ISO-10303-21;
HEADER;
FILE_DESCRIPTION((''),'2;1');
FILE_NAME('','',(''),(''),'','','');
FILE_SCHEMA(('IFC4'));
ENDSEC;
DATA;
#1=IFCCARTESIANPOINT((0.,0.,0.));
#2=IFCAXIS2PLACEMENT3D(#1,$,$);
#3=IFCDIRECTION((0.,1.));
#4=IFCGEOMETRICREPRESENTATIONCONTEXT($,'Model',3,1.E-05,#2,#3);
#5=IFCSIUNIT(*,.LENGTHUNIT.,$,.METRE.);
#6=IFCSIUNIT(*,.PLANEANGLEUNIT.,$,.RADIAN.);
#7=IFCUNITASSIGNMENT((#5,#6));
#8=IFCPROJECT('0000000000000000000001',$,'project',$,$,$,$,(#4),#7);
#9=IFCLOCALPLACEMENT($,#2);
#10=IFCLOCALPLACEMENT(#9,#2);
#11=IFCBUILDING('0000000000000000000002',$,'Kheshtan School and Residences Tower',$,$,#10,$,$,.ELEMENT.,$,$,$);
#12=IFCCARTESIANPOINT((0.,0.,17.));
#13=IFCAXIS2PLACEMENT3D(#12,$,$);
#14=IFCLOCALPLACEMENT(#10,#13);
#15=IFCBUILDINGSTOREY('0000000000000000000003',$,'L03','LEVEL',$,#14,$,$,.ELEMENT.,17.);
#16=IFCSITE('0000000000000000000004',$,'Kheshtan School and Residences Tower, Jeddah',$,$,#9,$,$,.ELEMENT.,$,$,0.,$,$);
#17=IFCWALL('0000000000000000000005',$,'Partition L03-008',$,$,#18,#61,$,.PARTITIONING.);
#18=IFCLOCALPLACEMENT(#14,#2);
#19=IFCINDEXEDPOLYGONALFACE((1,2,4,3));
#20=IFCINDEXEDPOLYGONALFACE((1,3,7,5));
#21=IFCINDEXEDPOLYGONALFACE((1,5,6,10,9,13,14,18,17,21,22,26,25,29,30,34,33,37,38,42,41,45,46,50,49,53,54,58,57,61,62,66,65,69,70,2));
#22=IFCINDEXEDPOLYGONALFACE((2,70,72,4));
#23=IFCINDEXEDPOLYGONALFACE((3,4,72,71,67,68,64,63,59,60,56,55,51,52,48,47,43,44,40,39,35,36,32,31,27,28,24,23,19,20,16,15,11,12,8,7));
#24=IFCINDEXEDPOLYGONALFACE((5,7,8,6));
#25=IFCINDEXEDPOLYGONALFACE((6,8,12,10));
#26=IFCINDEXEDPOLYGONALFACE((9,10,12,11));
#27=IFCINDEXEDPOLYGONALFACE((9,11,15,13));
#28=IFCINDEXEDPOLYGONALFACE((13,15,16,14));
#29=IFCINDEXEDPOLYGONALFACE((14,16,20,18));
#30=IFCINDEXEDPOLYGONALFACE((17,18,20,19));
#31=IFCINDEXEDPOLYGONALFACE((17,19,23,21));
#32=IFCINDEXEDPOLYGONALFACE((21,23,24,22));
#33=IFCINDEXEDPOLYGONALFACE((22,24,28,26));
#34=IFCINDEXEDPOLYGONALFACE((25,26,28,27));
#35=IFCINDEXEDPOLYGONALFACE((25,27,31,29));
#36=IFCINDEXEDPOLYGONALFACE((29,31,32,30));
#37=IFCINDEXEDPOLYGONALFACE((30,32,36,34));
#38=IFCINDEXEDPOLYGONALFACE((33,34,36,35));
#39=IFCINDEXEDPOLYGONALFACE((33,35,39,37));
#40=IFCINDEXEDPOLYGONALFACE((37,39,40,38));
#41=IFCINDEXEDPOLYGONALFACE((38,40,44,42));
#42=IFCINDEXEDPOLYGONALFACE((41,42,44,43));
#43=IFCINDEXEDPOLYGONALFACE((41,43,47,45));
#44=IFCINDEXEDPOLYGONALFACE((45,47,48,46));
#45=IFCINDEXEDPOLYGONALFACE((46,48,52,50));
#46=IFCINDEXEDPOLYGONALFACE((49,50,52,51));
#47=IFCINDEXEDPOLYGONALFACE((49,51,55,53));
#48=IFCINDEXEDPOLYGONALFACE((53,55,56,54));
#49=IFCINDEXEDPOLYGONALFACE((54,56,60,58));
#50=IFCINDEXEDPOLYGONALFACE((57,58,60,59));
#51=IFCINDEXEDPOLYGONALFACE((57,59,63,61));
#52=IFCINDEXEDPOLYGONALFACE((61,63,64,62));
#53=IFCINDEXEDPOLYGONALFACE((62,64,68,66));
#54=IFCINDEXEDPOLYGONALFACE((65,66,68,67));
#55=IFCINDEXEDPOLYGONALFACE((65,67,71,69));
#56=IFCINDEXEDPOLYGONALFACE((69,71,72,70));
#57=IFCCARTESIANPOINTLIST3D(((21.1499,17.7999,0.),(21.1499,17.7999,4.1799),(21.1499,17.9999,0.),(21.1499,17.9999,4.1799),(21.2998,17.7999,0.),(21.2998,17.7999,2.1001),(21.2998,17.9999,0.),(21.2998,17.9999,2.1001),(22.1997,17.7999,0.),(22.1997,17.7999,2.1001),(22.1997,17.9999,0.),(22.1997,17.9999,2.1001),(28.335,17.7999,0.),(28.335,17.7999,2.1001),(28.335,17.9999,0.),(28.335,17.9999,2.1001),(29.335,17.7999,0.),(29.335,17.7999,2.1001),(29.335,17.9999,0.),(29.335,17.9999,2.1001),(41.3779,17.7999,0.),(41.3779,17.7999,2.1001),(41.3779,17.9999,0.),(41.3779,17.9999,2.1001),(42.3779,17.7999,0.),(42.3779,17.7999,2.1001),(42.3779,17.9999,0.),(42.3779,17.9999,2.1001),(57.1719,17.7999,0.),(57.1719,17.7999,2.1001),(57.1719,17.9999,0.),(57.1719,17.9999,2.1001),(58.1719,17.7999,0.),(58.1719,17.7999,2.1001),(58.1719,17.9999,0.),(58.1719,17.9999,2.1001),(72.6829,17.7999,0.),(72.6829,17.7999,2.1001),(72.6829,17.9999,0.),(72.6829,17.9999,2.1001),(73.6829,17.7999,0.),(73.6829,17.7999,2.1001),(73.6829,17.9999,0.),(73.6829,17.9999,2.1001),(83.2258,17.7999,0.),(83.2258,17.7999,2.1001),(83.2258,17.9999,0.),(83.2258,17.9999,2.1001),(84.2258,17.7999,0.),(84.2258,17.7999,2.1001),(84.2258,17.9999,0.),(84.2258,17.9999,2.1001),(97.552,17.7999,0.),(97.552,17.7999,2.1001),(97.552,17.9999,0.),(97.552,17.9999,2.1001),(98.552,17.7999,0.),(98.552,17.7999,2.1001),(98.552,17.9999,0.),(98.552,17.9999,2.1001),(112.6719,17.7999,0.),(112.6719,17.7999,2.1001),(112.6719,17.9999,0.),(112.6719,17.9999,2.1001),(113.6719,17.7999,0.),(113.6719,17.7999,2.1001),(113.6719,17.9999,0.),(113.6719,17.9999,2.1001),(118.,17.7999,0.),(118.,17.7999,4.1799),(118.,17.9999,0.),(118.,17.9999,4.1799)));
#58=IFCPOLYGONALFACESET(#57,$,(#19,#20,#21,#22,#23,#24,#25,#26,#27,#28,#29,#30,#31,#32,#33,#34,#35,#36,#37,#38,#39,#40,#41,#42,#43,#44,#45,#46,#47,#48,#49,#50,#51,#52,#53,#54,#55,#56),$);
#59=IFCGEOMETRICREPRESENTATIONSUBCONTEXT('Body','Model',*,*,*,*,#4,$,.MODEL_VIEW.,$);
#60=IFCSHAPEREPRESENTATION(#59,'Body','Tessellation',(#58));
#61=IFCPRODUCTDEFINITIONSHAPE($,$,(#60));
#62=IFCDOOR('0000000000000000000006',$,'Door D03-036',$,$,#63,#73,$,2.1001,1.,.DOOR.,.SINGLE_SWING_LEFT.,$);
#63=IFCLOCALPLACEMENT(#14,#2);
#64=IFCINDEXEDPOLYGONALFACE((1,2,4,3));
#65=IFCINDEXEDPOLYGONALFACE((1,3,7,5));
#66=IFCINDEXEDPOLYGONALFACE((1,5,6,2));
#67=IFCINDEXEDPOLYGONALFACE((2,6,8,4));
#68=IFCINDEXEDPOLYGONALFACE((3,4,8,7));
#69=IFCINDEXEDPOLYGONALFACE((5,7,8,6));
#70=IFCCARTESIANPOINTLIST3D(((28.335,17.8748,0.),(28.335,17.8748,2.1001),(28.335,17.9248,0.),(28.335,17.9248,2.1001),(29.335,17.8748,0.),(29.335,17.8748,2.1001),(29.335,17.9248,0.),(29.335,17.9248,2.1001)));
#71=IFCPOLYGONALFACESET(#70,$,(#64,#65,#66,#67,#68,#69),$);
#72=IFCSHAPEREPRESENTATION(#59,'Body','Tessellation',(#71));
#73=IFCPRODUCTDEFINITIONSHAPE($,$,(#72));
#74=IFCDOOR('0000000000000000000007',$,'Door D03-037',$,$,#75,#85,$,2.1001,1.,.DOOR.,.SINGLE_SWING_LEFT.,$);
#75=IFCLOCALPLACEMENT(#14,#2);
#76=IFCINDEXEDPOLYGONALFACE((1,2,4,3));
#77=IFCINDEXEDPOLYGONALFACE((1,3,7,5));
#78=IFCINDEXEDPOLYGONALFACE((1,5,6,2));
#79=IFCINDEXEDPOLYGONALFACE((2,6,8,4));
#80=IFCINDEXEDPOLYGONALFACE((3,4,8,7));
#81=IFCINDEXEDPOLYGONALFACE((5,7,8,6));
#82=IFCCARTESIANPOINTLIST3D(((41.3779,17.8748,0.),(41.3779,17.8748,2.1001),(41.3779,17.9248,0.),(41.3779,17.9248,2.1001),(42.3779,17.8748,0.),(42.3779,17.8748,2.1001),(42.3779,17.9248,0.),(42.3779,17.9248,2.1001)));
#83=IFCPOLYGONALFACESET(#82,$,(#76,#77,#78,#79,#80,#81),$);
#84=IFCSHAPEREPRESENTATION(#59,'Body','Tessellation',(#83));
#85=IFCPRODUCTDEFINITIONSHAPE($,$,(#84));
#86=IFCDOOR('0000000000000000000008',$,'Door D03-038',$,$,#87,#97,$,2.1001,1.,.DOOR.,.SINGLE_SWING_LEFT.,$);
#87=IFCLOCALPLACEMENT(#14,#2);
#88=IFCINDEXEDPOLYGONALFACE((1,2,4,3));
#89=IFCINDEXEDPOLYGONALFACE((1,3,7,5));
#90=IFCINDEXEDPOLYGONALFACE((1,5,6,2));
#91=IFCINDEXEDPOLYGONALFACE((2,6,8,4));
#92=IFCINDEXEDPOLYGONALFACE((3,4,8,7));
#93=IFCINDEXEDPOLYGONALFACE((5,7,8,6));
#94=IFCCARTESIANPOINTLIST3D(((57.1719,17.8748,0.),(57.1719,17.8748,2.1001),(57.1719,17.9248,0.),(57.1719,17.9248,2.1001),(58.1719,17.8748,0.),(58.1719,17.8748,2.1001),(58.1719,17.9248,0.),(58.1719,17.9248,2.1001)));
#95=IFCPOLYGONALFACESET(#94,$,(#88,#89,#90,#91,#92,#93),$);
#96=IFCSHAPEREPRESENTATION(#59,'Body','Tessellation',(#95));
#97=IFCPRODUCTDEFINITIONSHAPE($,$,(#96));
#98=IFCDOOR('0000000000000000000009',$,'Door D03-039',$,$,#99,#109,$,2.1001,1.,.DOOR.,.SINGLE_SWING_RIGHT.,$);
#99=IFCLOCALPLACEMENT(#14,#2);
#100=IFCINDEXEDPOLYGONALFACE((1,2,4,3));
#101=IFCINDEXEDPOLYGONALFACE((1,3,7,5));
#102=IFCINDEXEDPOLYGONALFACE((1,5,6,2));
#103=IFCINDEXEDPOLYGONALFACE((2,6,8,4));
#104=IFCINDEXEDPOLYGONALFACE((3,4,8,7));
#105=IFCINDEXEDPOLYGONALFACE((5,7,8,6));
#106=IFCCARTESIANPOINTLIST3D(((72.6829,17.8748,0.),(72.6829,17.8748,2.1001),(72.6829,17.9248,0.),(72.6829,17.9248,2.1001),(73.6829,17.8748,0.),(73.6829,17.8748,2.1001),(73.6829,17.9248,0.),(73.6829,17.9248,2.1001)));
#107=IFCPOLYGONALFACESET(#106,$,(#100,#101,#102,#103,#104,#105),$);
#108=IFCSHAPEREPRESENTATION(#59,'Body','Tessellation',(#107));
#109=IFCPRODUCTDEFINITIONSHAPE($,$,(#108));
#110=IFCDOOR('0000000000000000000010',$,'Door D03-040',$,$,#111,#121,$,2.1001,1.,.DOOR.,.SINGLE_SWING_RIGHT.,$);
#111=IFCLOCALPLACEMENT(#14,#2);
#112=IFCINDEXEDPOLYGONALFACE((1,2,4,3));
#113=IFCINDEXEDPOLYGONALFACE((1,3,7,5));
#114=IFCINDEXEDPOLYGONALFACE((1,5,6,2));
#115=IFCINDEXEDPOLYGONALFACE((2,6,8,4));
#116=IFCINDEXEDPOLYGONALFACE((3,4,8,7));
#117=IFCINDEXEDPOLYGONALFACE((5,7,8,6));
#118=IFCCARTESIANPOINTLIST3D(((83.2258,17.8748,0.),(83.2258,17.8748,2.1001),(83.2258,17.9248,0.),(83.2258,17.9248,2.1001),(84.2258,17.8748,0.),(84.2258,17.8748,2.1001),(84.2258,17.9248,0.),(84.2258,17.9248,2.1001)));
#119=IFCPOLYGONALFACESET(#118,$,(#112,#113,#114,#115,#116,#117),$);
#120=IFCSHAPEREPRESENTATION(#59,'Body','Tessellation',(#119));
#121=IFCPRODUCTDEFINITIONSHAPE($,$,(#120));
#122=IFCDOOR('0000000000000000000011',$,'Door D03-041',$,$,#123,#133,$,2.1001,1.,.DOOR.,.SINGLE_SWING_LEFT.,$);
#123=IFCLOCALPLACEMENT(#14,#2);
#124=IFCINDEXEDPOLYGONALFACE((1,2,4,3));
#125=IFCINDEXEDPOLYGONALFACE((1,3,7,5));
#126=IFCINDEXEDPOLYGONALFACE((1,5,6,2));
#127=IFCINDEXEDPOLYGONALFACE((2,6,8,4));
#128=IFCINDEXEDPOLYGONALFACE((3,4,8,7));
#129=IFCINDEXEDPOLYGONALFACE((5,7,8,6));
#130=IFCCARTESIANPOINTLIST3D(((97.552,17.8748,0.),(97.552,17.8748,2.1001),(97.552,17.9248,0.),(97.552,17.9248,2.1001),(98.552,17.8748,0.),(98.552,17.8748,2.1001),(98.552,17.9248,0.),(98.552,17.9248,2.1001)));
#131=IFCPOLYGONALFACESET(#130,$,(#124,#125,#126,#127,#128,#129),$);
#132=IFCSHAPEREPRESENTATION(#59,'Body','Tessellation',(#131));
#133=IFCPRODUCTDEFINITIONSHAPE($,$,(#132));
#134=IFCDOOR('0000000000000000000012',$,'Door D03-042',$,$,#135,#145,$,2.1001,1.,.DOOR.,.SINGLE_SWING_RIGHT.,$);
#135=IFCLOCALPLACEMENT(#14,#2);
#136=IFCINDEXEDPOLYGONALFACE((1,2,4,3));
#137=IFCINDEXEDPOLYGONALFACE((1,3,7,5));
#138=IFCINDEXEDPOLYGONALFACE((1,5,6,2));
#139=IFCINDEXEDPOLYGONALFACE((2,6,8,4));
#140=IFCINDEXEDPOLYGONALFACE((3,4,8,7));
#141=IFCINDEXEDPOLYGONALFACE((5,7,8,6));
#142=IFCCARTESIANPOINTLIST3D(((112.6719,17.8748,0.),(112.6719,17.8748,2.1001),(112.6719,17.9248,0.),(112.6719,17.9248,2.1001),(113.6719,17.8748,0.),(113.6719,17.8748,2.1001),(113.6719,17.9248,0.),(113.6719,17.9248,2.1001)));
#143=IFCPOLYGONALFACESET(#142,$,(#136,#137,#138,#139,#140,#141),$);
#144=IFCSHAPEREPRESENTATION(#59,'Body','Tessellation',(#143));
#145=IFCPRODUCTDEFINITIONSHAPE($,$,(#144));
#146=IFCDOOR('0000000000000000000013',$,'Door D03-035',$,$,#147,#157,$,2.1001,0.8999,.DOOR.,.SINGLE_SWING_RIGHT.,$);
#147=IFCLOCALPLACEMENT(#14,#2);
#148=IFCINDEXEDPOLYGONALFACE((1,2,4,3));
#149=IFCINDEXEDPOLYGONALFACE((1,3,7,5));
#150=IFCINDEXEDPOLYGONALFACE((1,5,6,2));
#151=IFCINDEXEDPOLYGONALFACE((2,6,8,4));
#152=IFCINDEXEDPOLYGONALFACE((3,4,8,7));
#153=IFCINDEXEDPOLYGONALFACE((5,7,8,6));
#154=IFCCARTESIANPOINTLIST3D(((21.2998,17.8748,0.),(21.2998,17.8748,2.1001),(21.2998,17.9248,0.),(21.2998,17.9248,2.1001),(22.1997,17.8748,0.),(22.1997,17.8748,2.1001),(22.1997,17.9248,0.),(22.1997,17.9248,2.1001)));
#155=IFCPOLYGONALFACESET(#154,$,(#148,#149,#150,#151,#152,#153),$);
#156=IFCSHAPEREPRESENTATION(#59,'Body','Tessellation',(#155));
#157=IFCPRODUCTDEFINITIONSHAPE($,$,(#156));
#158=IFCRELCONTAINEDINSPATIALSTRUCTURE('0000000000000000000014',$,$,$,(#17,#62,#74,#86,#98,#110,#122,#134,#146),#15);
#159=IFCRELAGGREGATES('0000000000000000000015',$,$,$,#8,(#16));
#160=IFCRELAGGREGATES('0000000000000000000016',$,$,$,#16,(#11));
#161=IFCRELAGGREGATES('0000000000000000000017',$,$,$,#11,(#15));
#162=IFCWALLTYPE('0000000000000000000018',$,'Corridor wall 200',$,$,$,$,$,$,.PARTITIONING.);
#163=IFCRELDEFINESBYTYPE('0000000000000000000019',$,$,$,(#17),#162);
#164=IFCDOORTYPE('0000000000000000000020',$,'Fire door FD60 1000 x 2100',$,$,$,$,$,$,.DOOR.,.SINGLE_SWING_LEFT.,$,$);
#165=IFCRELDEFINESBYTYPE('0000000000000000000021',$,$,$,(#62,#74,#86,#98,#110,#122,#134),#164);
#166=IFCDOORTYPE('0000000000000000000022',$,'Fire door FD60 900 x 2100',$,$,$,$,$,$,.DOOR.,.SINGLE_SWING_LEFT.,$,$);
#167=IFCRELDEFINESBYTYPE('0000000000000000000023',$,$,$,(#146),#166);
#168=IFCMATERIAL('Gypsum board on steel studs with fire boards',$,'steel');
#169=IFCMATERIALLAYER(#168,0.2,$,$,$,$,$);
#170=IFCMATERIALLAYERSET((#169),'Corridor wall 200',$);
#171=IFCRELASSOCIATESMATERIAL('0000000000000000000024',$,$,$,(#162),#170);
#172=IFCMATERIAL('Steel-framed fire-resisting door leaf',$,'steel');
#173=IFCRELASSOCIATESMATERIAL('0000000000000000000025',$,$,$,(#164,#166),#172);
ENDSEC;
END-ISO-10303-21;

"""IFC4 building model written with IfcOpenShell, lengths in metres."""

from ifc_helpers import new_model, si_unit, direction, frame, frame_2d, origin, place, context, subcontext, project, spatial, rectangle, extrude, source, transform, mapped, material, layer, layer_set, type_object, element, fill, save


model = new_model("IFC4")

# Units and contexts
model_context = context("Model", 3, precision=1e-05, world=origin(), true_north=direction((0.0, 1.0)))
body_context = subcontext(model_context, "Body", "Model", "MODEL_VIEW")
ifc_project = project(units=[si_unit("LENGTHUNIT", "METRE"), si_unit("PLANEANGLEUNIT", "RADIAN")], contexts=[model_context])

# Site, building, storey
site_placement = place(None, origin())
site = spatial("IfcSite", under=ifc_project, at=site_placement, Name="Kheshtan School and Residences Tower, Jeddah", CompositionType="ELEMENT", RefElevation=0.0)
building_placement = place(site_placement, origin())
building = spatial("IfcBuilding", under=site, at=building_placement, Name="Kheshtan School and Residences Tower", CompositionType="ELEMENT")
storey_placement = place(building_placement, frame((0.0, 0.0, 17.0)))
storey = spatial("IfcBuildingStorey", under=building, at=storey_placement, Name="L03", Description="LEVEL", CompositionType="ELEMENT", Elevation=17.0)

# Shared definitions
ifc_material_1 = material(Name="Gypsum board on steel studs with fire boards", Category="steel")
ifc_layer_1 = layer(ifc_material_1, 0.2)
ifc_layer_set_1 = layer_set([ifc_layer_1], Name="Corridor wall 200")
wall_type_1 = type_object("IfcWallType", Name="Corridor wall 200", PredefinedType="PARTITIONING", material=ifc_layer_set_1)
ifc_material_2 = material(Name="Steel-framed fire-resisting door leaf", Category="steel")
door_type_1 = type_object("IfcDoorType", Name="Fire door FD60 1000 x 2100", OperationType="SINGLE_SWING_LEFT", PredefinedType="DOOR", material=ifc_material_2)
shared_shape_1 = source(origin(), body_context, "Body", "SweptSolid", [
    extrude(rectangle(XDim=1.0, YDim=2.1001, at=frame_2d((0.5, 1.05))), frame((0.0, 0.0249, 0.0), z_axis=(0.0, -1.0, 0.0), x_axis=(1.0, 0.0, 0.0)), (0.0, 0.0, 1.0), 0.05),
])

# Wall, openings, doors
wall_1_placement = place(storey_placement, frame((21.1499, 17.8999, 0.0), z_axis=(0.0, 0.0, 1.0), x_axis=(1.0, 0.0, 0.0)))
wall_1 = element("IfcWall", 1, at=wall_1_placement, inside=storey, type_object=wall_type_1, Name="Partition L03-008", PredefinedType="PARTITIONING", context=body_context, shape_type="SweptSolid", body=[
    extrude(rectangle(XDim=96.8501, YDim=0.2, at=frame_2d((48.425, 0.0))), origin(), (0.0, 0.0, 1.0), 4.1799),
])
opening_1_placement = place(wall_1_placement, frame((0.1499, 0.0, 0.0)))
opening_1 = element("IfcOpeningElement", 2, at=opening_1_placement, cuts=wall_1, PredefinedType="OPENING", context=body_context, shape_type="SweptSolid", body=[
    extrude(rectangle(XDim=0.8999, YDim=2.1001, at=frame_2d((0.45, 1.05))), frame((0.0, 0.1099, 0.0), z_axis=(0.0, -1.0, 0.0), x_axis=(1.0, 0.0, 0.0)), (0.0, 0.0, 1.0), 0.22),
])
opening_2_placement = place(wall_1_placement, frame((7.1851, 0.0, 0.0)))
opening_2 = element("IfcOpeningElement", 3, at=opening_2_placement, cuts=wall_1, PredefinedType="OPENING", context=body_context, shape_type="SweptSolid", body=[
    extrude(rectangle(XDim=1.0, YDim=2.1001, at=frame_2d((0.5, 1.05))), frame((0.0, 0.1099, 0.0), z_axis=(0.0, -1.0, 0.0), x_axis=(1.0, 0.0, 0.0)), (0.0, 0.0, 1.0), 0.22),
])
opening_3_placement = place(wall_1_placement, frame((20.228, 0.0, 0.0)))
opening_3 = element("IfcOpeningElement", 4, at=opening_3_placement, cuts=wall_1, PredefinedType="OPENING", context=body_context, shape_type="SweptSolid", body=[
    extrude(rectangle(XDim=1.0, YDim=2.1001, at=frame_2d((0.5, 1.05))), frame((0.0, 0.1099, 0.0), z_axis=(0.0, -1.0, 0.0), x_axis=(1.0, 0.0, 0.0)), (0.0, 0.0, 1.0), 0.22),
])
opening_4_placement = place(wall_1_placement, frame((36.022, 0.0, 0.0)))
opening_4 = element("IfcOpeningElement", 5, at=opening_4_placement, cuts=wall_1, PredefinedType="OPENING", context=body_context, shape_type="SweptSolid", body=[
    extrude(rectangle(XDim=1.0, YDim=2.1001, at=frame_2d((0.5, 1.05))), frame((0.0, 0.1099, 0.0), z_axis=(0.0, -1.0, 0.0), x_axis=(1.0, 0.0, 0.0)), (0.0, 0.0, 1.0), 0.22),
])
opening_5_placement = place(wall_1_placement, frame((51.533, 0.0, 0.0)))
opening_5 = element("IfcOpeningElement", 6, at=opening_5_placement, cuts=wall_1, PredefinedType="OPENING", context=body_context, shape_type="SweptSolid", body=[
    extrude(rectangle(XDim=1.0, YDim=2.1001, at=frame_2d((0.5, 1.05))), frame((0.0, 0.1099, 0.0), z_axis=(0.0, -1.0, 0.0), x_axis=(1.0, 0.0, 0.0)), (0.0, 0.0, 1.0), 0.22),
])
opening_6_placement = place(wall_1_placement, frame((62.0759, 0.0, 0.0)))
opening_6 = element("IfcOpeningElement", 7, at=opening_6_placement, cuts=wall_1, PredefinedType="OPENING", context=body_context, shape_type="SweptSolid", body=[
    extrude(rectangle(XDim=1.0, YDim=2.1001, at=frame_2d((0.5, 1.05))), frame((0.0, 0.1099, 0.0), z_axis=(0.0, -1.0, 0.0), x_axis=(1.0, 0.0, 0.0)), (0.0, 0.0, 1.0), 0.22),
])
opening_7_placement = place(wall_1_placement, frame((76.4021, 0.0, 0.0)))
opening_7 = element("IfcOpeningElement", 8, at=opening_7_placement, cuts=wall_1, PredefinedType="OPENING", context=body_context, shape_type="SweptSolid", body=[
    extrude(rectangle(XDim=1.0, YDim=2.1001, at=frame_2d((0.5, 1.05))), frame((0.0, 0.1099, 0.0), z_axis=(0.0, -1.0, 0.0), x_axis=(1.0, 0.0, 0.0)), (0.0, 0.0, 1.0), 0.22),
])
opening_8_placement = place(wall_1_placement, frame((91.522, 0.0, 0.0)))
opening_8 = element("IfcOpeningElement", 9, at=opening_8_placement, cuts=wall_1, PredefinedType="OPENING", context=body_context, shape_type="SweptSolid", body=[
    extrude(rectangle(XDim=1.0, YDim=2.1001, at=frame_2d((0.5, 1.05))), frame((0.0, 0.1099, 0.0), z_axis=(0.0, -1.0, 0.0), x_axis=(1.0, 0.0, 0.0)), (0.0, 0.0, 1.0), 0.22),
])
door_1_placement = place(opening_2_placement, origin())
door_1 = element("IfcDoor", 10, at=door_1_placement, inside=storey, type_object=door_type_1, Name="Door D03-036", OperationType="SINGLE_SWING_LEFT", OverallHeight=2.1001, OverallWidth=1.0, PredefinedType="DOOR", context=body_context, shape_type="MappedRepresentation", body=[
    mapped(shared_shape_1, transform((0.0, 0.0, 0.0), x_axis=(1.0, 0.0, 0.0), y_axis=(0.0, 1.0, 0.0), z_axis=(0.0, 0.0, 1.0), scale=1.0)),
])
fill(opening_2, door_1)
door_2_placement = place(opening_3_placement, origin())
door_2 = element("IfcDoor", 11, at=door_2_placement, inside=storey, type_object=door_type_1, Name="Door D03-037", OperationType="SINGLE_SWING_LEFT", OverallHeight=2.1001, OverallWidth=1.0, PredefinedType="DOOR", context=body_context, shape_type="MappedRepresentation", body=[
    mapped(shared_shape_1, transform((0.0, 0.0, 0.0), x_axis=(1.0, 0.0, 0.0), y_axis=(0.0, 1.0, 0.0), z_axis=(0.0, 0.0, 1.0), scale=1.0)),
])
fill(opening_3, door_2)
door_3_placement = place(opening_4_placement, origin())
door_3 = element("IfcDoor", 12, at=door_3_placement, inside=storey, type_object=door_type_1, Name="Door D03-038", OperationType="SINGLE_SWING_LEFT", OverallHeight=2.1001, OverallWidth=1.0, PredefinedType="DOOR", context=body_context, shape_type="MappedRepresentation", body=[
    mapped(shared_shape_1, transform((0.0, 0.0, 0.0), x_axis=(1.0, 0.0, 0.0), y_axis=(0.0, 1.0, 0.0), z_axis=(0.0, 0.0, 1.0), scale=1.0)),
])
fill(opening_4, door_3)
door_4_placement = place(opening_5_placement, origin())
door_4 = element("IfcDoor", 13, at=door_4_placement, inside=storey, type_object=door_type_1, Name="Door D03-039", OperationType="SINGLE_SWING_RIGHT", OverallHeight=2.1001, OverallWidth=1.0, PredefinedType="DOOR", context=body_context, shape_type="MappedRepresentation", body=[
    mapped(shared_shape_1, transform((0.0, 0.0, 0.0), x_axis=(1.0, 0.0, 0.0), y_axis=(0.0, 1.0, 0.0), z_axis=(0.0, 0.0, 1.0), scale=1.0)),
])
fill(opening_5, door_4)
door_5_placement = place(opening_6_placement, origin())
door_5 = element("IfcDoor", 14, at=door_5_placement, inside=storey, type_object=door_type_1, Name="Door D03-040", OperationType="SINGLE_SWING_RIGHT", OverallHeight=2.1001, OverallWidth=1.0, PredefinedType="DOOR", context=body_context, shape_type="MappedRepresentation", body=[
    mapped(shared_shape_1, transform((0.0, 0.0, 0.0), x_axis=(1.0, 0.0, 0.0), y_axis=(0.0, 1.0, 0.0), z_axis=(0.0, 0.0, 1.0), scale=1.0)),
])
fill(opening_6, door_5)
door_6_placement = place(opening_7_placement, origin())
door_6 = element("IfcDoor", 15, at=door_6_placement, inside=storey, type_object=door_type_1, Name="Door D03-041", OperationType="SINGLE_SWING_LEFT", OverallHeight=2.1001, OverallWidth=1.0, PredefinedType="DOOR", context=body_context, shape_type="MappedRepresentation", body=[
    mapped(shared_shape_1, transform((0.0, 0.0, 0.0), x_axis=(1.0, 0.0, 0.0), y_axis=(0.0, 1.0, 0.0), z_axis=(0.0, 0.0, 1.0), scale=1.0)),
])
fill(opening_7, door_6)
door_7_placement = place(opening_8_placement, origin())
door_7 = element("IfcDoor", 16, at=door_7_placement, inside=storey, type_object=door_type_1, Name="Door D03-042", OperationType="SINGLE_SWING_RIGHT", OverallHeight=2.1001, OverallWidth=1.0, PredefinedType="DOOR", context=body_context, shape_type="MappedRepresentation", body=[
    mapped(shared_shape_1, transform((0.0, 0.0, 0.0), x_axis=(1.0, 0.0, 0.0), y_axis=(0.0, 1.0, 0.0), z_axis=(0.0, 0.0, 1.0), scale=1.0)),
])
fill(opening_8, door_7)
door_type_2 = type_object("IfcDoorType", Name="Fire door FD60 900 x 2100", OperationType="SINGLE_SWING_LEFT", PredefinedType="DOOR", material=ifc_material_2)
shared_shape_2 = source(origin(), body_context, "Body", "SweptSolid", [
    extrude(rectangle(XDim=0.8999, YDim=2.1001, at=frame_2d((0.45, 1.05))), frame((0.0, 0.0249, 0.0), z_axis=(0.0, -1.0, 0.0), x_axis=(1.0, 0.0, 0.0)), (0.0, 0.0, 1.0), 0.05),
])
door_8_placement = place(opening_1_placement, origin())
door_8 = element("IfcDoor", 17, at=door_8_placement, inside=storey, type_object=door_type_2, Name="Door D03-035", OperationType="SINGLE_SWING_RIGHT", OverallHeight=2.1001, OverallWidth=0.8999, PredefinedType="DOOR", context=body_context, shape_type="MappedRepresentation", body=[
    mapped(shared_shape_2, transform((0.0, 0.0, 0.0), x_axis=(1.0, 0.0, 0.0), y_axis=(0.0, 1.0, 0.0), z_axis=(0.0, 0.0, 1.0), scale=1.0)),
])
fill(opening_1, door_8)

save(model, "model.ifc")
